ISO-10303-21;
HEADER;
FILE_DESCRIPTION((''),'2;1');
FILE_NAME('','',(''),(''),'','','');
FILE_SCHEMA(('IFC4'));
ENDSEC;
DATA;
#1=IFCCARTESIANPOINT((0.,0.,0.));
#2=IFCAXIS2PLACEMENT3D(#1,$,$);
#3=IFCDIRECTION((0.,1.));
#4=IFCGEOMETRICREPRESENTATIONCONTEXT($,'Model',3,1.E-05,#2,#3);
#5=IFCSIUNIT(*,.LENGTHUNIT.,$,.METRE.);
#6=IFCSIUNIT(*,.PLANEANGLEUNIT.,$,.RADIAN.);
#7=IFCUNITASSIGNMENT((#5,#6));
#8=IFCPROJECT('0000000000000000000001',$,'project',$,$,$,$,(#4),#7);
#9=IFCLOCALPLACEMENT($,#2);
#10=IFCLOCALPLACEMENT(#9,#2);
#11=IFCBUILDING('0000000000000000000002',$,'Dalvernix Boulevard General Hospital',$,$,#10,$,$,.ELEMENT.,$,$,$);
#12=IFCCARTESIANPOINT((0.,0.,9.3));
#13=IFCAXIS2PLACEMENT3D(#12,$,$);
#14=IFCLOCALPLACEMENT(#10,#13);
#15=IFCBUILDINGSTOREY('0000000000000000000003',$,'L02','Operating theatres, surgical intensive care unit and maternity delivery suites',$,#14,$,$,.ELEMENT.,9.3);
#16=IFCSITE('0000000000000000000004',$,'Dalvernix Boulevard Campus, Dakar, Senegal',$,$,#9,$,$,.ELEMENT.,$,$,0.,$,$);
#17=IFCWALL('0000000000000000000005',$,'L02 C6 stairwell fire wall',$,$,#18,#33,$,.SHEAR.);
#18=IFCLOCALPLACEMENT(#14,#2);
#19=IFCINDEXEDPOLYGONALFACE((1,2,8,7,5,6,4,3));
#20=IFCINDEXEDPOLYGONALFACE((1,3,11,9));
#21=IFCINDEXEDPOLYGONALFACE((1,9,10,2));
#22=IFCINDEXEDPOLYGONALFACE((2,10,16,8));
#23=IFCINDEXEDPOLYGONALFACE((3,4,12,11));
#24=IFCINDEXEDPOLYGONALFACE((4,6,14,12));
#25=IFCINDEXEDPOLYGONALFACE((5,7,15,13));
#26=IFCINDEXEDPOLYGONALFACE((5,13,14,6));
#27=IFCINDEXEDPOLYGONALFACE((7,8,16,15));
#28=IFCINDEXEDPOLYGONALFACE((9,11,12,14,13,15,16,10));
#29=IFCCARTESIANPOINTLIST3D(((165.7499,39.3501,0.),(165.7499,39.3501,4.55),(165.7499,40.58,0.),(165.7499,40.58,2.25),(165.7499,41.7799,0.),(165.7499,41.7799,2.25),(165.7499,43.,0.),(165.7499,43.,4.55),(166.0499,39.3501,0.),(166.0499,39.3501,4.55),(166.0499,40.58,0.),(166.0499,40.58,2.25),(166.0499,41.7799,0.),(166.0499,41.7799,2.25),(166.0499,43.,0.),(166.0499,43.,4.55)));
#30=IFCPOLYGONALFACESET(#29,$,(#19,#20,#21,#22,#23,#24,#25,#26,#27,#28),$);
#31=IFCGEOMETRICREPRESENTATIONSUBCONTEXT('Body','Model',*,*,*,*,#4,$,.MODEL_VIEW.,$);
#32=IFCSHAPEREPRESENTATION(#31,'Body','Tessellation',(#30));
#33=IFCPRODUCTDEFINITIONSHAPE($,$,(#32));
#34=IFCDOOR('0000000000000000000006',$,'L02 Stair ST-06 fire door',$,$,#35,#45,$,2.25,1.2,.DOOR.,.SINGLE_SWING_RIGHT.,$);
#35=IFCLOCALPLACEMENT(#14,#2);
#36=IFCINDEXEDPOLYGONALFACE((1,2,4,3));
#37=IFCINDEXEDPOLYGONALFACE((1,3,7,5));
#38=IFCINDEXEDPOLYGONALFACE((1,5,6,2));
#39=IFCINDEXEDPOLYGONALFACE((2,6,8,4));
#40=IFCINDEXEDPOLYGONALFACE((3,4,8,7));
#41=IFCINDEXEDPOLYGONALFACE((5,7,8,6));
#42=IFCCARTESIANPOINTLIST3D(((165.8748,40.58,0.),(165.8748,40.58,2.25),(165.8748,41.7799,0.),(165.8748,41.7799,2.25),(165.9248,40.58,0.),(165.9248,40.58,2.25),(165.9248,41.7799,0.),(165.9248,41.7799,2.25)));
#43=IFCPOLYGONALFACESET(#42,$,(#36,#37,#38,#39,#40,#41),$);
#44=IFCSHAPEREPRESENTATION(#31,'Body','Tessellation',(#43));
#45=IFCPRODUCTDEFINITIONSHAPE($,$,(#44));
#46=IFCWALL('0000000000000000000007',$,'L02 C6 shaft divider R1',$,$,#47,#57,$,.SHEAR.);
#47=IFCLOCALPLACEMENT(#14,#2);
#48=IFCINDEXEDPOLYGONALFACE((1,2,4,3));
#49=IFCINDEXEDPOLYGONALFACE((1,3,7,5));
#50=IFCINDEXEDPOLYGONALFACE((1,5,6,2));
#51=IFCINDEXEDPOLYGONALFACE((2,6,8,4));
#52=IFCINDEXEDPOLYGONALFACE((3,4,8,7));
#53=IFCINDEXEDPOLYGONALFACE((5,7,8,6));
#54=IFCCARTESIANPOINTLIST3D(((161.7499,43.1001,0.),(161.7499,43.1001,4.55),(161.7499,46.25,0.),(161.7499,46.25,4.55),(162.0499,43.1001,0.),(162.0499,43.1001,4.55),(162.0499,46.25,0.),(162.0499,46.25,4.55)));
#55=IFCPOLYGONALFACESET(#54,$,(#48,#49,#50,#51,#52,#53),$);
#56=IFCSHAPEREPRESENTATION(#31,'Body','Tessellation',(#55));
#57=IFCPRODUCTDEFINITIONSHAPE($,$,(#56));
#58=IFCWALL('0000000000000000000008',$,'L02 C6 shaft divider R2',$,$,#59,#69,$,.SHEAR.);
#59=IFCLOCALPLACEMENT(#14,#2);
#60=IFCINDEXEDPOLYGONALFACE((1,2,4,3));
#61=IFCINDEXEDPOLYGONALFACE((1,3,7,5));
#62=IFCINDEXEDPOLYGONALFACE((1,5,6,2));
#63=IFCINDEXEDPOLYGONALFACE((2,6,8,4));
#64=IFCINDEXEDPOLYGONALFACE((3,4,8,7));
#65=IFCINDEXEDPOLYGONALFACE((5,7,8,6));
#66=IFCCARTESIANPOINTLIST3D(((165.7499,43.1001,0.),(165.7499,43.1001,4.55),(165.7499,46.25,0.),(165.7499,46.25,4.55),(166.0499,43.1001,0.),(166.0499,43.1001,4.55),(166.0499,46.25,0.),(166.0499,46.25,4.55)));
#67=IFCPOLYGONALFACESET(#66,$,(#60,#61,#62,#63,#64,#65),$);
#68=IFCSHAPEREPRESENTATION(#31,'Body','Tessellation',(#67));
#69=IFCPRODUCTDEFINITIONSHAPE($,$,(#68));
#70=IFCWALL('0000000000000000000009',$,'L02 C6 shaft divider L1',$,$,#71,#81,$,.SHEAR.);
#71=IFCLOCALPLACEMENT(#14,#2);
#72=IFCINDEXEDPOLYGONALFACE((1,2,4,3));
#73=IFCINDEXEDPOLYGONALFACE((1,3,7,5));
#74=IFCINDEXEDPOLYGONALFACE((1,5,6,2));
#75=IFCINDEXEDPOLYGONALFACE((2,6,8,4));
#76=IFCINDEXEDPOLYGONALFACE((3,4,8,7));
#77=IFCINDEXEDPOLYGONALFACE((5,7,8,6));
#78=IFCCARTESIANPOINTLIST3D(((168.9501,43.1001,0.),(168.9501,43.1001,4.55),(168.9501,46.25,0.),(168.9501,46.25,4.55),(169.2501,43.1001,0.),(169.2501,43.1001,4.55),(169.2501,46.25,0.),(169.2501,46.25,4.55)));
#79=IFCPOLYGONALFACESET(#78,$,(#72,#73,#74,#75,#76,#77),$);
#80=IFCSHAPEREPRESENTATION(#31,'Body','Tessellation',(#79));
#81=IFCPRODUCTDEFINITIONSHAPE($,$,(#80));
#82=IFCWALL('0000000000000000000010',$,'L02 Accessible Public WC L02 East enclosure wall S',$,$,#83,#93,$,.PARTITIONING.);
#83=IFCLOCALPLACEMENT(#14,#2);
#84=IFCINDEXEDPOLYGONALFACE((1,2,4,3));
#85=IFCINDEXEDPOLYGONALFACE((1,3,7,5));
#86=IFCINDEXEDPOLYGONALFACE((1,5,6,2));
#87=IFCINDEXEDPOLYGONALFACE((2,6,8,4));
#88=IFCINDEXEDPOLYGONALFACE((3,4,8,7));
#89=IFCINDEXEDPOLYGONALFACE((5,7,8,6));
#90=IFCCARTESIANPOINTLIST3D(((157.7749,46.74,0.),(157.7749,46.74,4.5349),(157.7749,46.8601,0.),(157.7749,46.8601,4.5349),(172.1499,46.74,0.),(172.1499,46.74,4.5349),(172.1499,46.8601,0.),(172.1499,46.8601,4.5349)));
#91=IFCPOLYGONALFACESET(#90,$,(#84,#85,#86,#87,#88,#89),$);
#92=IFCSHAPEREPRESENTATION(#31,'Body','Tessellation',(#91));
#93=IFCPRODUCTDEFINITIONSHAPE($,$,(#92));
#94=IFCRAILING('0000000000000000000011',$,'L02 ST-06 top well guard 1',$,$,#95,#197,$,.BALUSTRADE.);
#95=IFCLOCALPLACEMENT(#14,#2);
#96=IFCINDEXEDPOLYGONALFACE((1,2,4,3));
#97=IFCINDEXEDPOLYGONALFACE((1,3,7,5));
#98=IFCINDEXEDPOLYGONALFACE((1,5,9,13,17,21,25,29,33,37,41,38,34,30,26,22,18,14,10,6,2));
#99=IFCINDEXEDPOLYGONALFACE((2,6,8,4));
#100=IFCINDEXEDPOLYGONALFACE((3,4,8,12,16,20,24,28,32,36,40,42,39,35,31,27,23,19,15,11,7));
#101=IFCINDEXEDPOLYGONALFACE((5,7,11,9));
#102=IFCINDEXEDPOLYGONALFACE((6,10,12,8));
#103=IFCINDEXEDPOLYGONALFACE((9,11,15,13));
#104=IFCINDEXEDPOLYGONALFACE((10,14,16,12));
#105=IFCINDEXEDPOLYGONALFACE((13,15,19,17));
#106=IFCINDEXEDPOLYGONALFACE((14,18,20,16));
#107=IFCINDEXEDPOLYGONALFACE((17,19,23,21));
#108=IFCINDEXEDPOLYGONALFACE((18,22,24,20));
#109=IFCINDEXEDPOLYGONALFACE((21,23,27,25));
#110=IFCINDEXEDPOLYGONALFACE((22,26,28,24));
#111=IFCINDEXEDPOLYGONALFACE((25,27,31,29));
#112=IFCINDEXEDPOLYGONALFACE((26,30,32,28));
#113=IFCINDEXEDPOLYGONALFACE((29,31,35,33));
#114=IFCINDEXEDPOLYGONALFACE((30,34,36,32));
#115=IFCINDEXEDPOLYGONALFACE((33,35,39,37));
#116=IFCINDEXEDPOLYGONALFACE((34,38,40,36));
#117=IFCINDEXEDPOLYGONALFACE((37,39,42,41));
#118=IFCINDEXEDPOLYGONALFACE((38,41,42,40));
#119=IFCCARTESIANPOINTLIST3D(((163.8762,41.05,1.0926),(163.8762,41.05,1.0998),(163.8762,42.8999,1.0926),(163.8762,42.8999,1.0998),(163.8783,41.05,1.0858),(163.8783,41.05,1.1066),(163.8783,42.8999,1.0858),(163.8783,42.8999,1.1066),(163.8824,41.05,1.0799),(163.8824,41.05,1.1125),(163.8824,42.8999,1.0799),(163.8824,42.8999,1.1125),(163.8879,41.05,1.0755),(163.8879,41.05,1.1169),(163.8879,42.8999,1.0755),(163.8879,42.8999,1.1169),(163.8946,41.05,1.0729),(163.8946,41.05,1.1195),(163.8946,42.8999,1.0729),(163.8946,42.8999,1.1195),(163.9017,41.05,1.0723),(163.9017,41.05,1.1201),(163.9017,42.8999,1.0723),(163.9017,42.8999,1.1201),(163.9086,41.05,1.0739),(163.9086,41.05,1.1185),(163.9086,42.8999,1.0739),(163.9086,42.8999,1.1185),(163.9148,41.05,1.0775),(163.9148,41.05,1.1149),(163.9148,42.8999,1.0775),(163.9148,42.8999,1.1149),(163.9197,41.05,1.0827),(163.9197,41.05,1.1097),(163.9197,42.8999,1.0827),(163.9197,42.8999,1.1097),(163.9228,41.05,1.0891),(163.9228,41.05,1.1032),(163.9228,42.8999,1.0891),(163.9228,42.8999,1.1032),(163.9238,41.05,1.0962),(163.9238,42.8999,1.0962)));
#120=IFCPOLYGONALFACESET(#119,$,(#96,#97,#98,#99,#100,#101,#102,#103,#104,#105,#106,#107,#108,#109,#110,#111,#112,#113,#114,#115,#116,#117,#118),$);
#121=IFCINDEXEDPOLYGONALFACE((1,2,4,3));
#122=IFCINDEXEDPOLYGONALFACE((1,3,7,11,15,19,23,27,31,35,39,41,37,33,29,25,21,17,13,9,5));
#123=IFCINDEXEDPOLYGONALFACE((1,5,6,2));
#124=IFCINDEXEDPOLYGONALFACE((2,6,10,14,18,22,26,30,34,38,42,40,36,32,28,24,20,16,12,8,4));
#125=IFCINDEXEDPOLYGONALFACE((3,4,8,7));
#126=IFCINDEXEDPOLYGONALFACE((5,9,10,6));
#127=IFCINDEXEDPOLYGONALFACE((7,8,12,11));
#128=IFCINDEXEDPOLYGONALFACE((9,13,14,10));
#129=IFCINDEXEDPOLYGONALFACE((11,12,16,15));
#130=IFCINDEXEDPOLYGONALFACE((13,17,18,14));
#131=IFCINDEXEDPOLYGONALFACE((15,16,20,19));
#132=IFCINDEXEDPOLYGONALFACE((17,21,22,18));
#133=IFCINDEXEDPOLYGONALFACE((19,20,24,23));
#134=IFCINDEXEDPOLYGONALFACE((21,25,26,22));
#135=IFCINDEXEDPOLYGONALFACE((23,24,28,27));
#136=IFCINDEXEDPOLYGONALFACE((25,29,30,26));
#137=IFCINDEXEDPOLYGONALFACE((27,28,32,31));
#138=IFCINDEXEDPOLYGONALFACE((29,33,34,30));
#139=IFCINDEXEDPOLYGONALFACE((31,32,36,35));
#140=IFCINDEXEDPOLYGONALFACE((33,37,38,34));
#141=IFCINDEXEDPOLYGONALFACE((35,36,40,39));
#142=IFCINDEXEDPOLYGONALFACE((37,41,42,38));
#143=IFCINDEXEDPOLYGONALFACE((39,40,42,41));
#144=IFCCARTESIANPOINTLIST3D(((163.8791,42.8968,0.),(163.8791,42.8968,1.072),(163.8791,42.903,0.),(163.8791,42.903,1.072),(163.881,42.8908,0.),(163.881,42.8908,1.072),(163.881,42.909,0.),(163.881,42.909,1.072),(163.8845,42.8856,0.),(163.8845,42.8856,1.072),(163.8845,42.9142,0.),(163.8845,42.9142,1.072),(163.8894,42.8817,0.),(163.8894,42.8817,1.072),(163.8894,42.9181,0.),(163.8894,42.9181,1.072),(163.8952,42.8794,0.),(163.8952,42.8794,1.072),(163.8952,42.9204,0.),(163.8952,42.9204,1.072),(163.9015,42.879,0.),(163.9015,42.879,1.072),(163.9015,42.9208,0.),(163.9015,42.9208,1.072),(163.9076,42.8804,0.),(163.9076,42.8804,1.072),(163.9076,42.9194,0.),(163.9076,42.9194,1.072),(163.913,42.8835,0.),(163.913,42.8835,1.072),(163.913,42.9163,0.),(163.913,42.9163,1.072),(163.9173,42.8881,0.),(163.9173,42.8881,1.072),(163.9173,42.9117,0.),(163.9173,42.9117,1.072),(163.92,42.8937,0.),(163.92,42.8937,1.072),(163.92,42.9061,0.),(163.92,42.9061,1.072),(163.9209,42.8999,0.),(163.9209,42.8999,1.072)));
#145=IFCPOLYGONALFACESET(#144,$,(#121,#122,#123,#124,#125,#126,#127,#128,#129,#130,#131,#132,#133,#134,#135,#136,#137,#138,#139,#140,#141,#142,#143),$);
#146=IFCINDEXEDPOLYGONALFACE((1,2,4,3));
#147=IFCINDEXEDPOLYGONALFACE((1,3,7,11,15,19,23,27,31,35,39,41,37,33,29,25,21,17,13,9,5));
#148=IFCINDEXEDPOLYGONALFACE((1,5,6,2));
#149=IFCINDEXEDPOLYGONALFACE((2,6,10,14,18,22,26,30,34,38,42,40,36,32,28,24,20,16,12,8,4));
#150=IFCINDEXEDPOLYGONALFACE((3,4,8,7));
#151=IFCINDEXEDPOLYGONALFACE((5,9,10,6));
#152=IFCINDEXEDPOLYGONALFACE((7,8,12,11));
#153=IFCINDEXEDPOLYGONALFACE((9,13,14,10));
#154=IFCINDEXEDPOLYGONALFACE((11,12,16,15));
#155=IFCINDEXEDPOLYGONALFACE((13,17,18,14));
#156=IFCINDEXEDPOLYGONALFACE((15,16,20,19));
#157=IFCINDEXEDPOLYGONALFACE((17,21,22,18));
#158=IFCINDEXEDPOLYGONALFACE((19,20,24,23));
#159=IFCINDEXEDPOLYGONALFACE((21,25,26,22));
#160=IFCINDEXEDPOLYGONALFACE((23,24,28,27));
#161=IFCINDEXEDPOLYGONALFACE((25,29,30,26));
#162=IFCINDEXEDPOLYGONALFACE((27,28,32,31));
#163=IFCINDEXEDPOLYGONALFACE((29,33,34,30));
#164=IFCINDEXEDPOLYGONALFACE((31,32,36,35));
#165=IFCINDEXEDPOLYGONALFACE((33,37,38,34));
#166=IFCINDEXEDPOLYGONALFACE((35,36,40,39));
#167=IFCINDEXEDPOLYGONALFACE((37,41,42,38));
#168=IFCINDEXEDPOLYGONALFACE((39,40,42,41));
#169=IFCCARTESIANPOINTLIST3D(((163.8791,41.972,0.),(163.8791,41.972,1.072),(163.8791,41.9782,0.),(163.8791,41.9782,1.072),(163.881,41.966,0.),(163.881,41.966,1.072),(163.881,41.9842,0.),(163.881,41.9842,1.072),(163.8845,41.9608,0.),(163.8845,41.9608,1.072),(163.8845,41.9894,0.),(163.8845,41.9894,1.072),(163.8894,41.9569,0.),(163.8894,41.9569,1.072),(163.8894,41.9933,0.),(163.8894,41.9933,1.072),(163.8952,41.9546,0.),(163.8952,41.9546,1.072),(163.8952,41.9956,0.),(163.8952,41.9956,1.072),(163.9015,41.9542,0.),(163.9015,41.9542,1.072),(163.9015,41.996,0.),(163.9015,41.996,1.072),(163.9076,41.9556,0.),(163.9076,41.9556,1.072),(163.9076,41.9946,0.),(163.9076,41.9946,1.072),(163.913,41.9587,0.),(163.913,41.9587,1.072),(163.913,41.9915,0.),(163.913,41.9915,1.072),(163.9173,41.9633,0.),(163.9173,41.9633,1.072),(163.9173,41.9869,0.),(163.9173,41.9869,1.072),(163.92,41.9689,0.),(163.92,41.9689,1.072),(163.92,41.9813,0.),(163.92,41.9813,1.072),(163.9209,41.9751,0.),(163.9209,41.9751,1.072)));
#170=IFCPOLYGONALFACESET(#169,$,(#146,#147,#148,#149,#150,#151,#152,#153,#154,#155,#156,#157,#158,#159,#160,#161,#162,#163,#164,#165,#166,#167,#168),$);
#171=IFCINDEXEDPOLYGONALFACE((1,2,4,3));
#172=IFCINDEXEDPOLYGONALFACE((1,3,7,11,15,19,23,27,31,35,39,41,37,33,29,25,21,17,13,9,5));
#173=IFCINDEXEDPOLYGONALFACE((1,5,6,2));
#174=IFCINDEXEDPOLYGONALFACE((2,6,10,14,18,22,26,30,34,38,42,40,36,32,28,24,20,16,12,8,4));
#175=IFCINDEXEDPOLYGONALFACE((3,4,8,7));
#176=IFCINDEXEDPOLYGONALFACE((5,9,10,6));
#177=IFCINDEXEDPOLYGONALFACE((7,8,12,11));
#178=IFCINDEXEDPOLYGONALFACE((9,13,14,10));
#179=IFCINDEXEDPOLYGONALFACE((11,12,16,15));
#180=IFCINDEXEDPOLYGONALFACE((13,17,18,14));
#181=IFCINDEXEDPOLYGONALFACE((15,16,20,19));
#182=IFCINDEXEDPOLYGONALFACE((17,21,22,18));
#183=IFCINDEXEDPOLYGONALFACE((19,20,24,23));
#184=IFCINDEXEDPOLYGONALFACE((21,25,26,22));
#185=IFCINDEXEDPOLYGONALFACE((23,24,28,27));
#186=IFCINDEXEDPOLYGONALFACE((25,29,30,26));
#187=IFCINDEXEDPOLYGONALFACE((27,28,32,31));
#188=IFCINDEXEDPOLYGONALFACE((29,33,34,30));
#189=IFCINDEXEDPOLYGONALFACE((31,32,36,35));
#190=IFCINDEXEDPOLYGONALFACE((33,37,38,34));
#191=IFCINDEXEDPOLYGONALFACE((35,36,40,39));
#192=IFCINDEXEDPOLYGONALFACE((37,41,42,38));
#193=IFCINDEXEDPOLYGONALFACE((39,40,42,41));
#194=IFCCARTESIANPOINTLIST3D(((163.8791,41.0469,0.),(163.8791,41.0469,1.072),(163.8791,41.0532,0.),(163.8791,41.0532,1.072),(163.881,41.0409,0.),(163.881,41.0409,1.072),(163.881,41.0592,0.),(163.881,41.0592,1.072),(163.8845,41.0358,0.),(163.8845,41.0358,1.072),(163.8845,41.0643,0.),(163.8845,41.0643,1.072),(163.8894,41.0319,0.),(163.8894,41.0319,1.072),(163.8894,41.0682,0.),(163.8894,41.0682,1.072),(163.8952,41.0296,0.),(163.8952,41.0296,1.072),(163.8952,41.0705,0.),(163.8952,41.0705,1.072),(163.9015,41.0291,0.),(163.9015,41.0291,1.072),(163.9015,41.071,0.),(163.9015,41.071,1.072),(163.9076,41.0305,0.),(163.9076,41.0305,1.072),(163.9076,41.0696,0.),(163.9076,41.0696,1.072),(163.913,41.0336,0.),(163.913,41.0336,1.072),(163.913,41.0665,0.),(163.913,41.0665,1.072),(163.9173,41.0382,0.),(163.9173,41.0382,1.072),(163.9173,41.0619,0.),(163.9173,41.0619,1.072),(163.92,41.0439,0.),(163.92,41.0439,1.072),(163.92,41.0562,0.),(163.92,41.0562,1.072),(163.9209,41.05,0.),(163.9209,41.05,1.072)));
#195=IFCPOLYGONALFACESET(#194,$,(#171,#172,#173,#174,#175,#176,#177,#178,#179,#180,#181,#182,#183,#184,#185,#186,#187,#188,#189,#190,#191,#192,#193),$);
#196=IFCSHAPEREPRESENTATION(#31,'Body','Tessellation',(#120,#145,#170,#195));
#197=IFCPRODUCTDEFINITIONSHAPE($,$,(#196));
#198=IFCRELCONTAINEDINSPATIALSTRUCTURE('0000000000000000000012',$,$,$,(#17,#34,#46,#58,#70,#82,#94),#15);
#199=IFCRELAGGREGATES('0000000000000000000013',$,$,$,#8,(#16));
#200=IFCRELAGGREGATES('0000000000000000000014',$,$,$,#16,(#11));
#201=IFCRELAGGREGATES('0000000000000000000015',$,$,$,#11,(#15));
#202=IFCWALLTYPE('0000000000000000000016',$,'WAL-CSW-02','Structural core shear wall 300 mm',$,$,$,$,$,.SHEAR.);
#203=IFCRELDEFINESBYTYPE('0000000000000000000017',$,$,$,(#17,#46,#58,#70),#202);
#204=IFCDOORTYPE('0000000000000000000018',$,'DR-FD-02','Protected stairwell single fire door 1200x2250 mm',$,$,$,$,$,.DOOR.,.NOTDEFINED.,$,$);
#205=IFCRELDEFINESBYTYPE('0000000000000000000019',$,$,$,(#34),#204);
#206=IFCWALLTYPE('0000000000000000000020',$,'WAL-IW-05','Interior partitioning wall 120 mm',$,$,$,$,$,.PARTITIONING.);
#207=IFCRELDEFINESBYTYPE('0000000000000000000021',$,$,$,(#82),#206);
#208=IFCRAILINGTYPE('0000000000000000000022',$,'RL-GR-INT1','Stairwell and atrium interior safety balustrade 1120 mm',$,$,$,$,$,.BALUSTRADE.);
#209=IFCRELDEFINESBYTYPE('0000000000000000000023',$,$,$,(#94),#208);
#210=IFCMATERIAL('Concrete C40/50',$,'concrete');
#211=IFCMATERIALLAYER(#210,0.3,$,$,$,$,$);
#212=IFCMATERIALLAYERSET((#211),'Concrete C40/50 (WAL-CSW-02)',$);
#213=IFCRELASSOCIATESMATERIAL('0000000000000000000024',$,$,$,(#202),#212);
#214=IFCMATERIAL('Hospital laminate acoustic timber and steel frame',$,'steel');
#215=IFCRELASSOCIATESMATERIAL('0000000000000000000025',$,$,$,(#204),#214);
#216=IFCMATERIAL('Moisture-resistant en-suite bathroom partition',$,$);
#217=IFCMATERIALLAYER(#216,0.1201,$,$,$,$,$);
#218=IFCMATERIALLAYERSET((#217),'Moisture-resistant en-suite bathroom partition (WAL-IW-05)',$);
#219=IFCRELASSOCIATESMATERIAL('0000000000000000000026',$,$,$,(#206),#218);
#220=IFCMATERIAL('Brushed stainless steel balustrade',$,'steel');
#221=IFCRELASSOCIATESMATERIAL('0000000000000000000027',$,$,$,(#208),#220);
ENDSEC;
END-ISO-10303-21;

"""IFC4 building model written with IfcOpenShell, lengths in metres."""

from ifc_helpers import new_model, si_unit, direction, frame, frame_2d, origin, origin_2d, place, context, subcontext, project, spatial, rectangle, circle, extrude, material, layer, layer_set, type_object, element, fill, save


model = new_model("IFC4")

# Units and contexts
model_context = context("Model", 3, precision=1e-05, world=origin(), true_north=direction((0.0, 1.0)))
body_context = subcontext(model_context, "Body", "Model", "MODEL_VIEW")
ifc_project = project(units=[si_unit("LENGTHUNIT", "METRE"), si_unit("PLANEANGLEUNIT", "RADIAN")], contexts=[model_context])

# Site, building, storey
site_placement = place(None, origin())
site = spatial("IfcSite", under=ifc_project, at=site_placement, Name="Dalvernix Boulevard Campus, Dakar, Senegal", CompositionType="ELEMENT", RefElevation=0.0)
building_placement = place(site_placement, origin())
building = spatial("IfcBuilding", under=site, at=building_placement, Name="Dalvernix Boulevard General Hospital", CompositionType="ELEMENT")
storey_placement = place(building_placement, frame((0.0, 0.0, 9.3)))
storey = spatial("IfcBuildingStorey", under=building, at=storey_placement, Name="L02", Description="Operating theatres, surgical intensive care unit and maternity delivery suites", CompositionType="ELEMENT", Elevation=9.3)

# Shared definitions
ifc_material_1 = material(Name="Concrete C40/50", Category="concrete")

# Shared definitions
ifc_material_2 = material(Name="Hospital laminate acoustic timber and steel frame", Category="steel")

# Shared definitions
ifc_layer_1 = layer(ifc_material_1, 0.3)
ifc_layer_set_1 = layer_set([ifc_layer_1], Name="Concrete C40/50 (WAL-CSW-02)")
wall_type_1 = type_object("IfcWallType", Name="WAL-CSW-02", Description="Structural core shear wall 300 mm", PredefinedType="SHEAR", material=ifc_layer_set_1)

# Wall, opening, door
wall_1_placement = place(storey_placement, frame((165.8999, 43.0, 0.0), z_axis=(0.0, 0.0, 1.0), x_axis=(0.0, -1.0, 0.0)))
wall_1 = element("IfcWall", 1, at=wall_1_placement, inside=storey, type_object=wall_type_1, Name="L02 C6 stairwell fire wall", PredefinedType="SHEAR", context=body_context, shape_type="SweptSolid", body=[
    extrude(rectangle(XDim=3.6499, YDim=0.3, at=frame_2d((1.825, 0.0))), origin(), (0.0, 0.0, 1.0), 4.55),
])
opening_1_placement = place(wall_1_placement, frame((1.22, 0.0, 0.0)))
opening_1 = element("IfcOpeningElement", 2, at=opening_1_placement, cuts=wall_1, PredefinedType="OPENING", context=body_context, shape_type="SweptSolid", body=[
    extrude(rectangle(XDim=1.2, YDim=2.25, at=frame_2d((0.6001, 1.125))), frame((0.0, 0.1599, 0.0), z_axis=(0.0, -1.0, 0.0), x_axis=(1.0, 0.0, 0.0)), (0.0, 0.0, 1.0), 0.3201),
])
door_type_1 = type_object("IfcDoorType", Name="DR-FD-02", Description="Protected stairwell single fire door 1200x2250 mm", OperationType="NOTDEFINED", PredefinedType="DOOR", material=ifc_material_2)
door_1_placement = place(opening_1_placement, origin())
door_1 = element("IfcDoor", 3, at=door_1_placement, inside=storey, type_object=door_type_1, Name="L02 Stair ST-06 fire door", OperationType="SINGLE_SWING_RIGHT", OverallHeight=2.25, OverallWidth=1.2, PredefinedType="DOOR", context=body_context, shape_type="SweptSolid", body=[
    extrude(rectangle(XDim=1.2, YDim=2.25, at=frame_2d((0.6001, 1.125))), frame((0.0, 0.0249, 0.0), z_axis=(0.0, -1.0, 0.0), x_axis=(1.0, 0.0, 0.0)), (0.0, 0.0, 1.0), 0.05),
])
fill(opening_1, door_1)

# Walls
for number, where, z_axis, x_axis, name in (
    (4, (161.8999, 43.1001, 0.0), (0.0, 0.0, 1.0), (0.0, 1.0, 0.0), "L02 C6 shaft divider R1"),
    (5, (165.8999, 43.1001, 0.0), (0.0, 0.0, 1.0), (0.0, 1.0, 0.0), "L02 C6 shaft divider R2"),
    (6, (169.1001, 43.1001, 0.0), (0.0, 0.0, 1.0), (0.0, 1.0, 0.0), "L02 C6 shaft divider L1"),
):
    element("IfcWall", number, at=place(storey_placement, frame(where, z_axis=z_axis, x_axis=x_axis)), inside=storey, type_object=wall_type_1, Name=name, PredefinedType="SHEAR", context=body_context, shape_type="SweptSolid", body=[
        extrude(rectangle(XDim=3.1499, YDim=0.3, at=frame_2d((1.575, 0.0))), origin(), (0.0, 0.0, 1.0), 4.55),
    ])
ifc_material_3 = material(Name="Moisture-resistant en-suite bathroom partition")
ifc_layer_2 = layer(ifc_material_3, 0.1201)
ifc_layer_set_2 = layer_set([ifc_layer_2], Name="Moisture-resistant en-suite bathroom partition (WAL-IW-05)")
wall_type_2 = type_object("IfcWallType", Name="WAL-IW-05", Description="Interior partitioning wall 120 mm", PredefinedType="PARTITIONING", material=ifc_layer_set_2)
wall_2_placement = place(storey_placement, frame((157.7749, 46.8, 0.0), z_axis=(0.0, 0.0, 1.0), x_axis=(1.0, 0.0, 0.0)))
element("IfcWall", 7, at=wall_2_placement, inside=storey, type_object=wall_type_2, Name="L02 Accessible Public WC L02 East enclosure wall S", PredefinedType="PARTITIONING", context=body_context, shape_type="SweptSolid", body=[
    extrude(rectangle(XDim=14.375, YDim=0.1201, at=frame_2d((7.1875, 0.0))), origin(), (0.0, 0.0, 1.0), 4.5349),
])

# Railing
ifc_material_4 = material(Name="Brushed stainless steel balustrade", Category="steel")
railing_type = type_object("IfcRailingType", Name="RL-GR-INT1", Description="Stairwell and atrium interior safety balustrade 1120 mm", PredefinedType="BALUSTRADE", material=ifc_material_4)
railing_placement = place(storey_placement, frame((163.8999, 42.8999, 0.0)))
element("IfcRailing", 8, at=railing_placement, inside=storey, type_object=railing_type, Name="L02 ST-06 top well guard 1", PredefinedType="BALUSTRADE", context=body_context, shape_type="SweptSolid", body=[
    extrude(circle(Radius=0.0239, at=origin_2d()), frame((0.0, 0.0, 1.0962), z_axis=(0.0, -1.0, 0.0), x_axis=(1.0, 0.0, 0.0)), (0.0, 0.0, 1.0), 1.8499),
    extrude(circle(Radius=0.021, at=origin_2d()), origin(), (0.0, 0.0, 1.0), 1.072),
    extrude(circle(Radius=0.021, at=origin_2d()), frame((0.0, -0.9248, 0.0)), (0.0, 0.0, 1.0), 1.072),
    extrude(circle(Radius=0.021, at=origin_2d()), frame((0.0, -1.8499, 0.0)), (0.0, 0.0, 1.0), 1.072),
])

save(model, "model.ifc")
